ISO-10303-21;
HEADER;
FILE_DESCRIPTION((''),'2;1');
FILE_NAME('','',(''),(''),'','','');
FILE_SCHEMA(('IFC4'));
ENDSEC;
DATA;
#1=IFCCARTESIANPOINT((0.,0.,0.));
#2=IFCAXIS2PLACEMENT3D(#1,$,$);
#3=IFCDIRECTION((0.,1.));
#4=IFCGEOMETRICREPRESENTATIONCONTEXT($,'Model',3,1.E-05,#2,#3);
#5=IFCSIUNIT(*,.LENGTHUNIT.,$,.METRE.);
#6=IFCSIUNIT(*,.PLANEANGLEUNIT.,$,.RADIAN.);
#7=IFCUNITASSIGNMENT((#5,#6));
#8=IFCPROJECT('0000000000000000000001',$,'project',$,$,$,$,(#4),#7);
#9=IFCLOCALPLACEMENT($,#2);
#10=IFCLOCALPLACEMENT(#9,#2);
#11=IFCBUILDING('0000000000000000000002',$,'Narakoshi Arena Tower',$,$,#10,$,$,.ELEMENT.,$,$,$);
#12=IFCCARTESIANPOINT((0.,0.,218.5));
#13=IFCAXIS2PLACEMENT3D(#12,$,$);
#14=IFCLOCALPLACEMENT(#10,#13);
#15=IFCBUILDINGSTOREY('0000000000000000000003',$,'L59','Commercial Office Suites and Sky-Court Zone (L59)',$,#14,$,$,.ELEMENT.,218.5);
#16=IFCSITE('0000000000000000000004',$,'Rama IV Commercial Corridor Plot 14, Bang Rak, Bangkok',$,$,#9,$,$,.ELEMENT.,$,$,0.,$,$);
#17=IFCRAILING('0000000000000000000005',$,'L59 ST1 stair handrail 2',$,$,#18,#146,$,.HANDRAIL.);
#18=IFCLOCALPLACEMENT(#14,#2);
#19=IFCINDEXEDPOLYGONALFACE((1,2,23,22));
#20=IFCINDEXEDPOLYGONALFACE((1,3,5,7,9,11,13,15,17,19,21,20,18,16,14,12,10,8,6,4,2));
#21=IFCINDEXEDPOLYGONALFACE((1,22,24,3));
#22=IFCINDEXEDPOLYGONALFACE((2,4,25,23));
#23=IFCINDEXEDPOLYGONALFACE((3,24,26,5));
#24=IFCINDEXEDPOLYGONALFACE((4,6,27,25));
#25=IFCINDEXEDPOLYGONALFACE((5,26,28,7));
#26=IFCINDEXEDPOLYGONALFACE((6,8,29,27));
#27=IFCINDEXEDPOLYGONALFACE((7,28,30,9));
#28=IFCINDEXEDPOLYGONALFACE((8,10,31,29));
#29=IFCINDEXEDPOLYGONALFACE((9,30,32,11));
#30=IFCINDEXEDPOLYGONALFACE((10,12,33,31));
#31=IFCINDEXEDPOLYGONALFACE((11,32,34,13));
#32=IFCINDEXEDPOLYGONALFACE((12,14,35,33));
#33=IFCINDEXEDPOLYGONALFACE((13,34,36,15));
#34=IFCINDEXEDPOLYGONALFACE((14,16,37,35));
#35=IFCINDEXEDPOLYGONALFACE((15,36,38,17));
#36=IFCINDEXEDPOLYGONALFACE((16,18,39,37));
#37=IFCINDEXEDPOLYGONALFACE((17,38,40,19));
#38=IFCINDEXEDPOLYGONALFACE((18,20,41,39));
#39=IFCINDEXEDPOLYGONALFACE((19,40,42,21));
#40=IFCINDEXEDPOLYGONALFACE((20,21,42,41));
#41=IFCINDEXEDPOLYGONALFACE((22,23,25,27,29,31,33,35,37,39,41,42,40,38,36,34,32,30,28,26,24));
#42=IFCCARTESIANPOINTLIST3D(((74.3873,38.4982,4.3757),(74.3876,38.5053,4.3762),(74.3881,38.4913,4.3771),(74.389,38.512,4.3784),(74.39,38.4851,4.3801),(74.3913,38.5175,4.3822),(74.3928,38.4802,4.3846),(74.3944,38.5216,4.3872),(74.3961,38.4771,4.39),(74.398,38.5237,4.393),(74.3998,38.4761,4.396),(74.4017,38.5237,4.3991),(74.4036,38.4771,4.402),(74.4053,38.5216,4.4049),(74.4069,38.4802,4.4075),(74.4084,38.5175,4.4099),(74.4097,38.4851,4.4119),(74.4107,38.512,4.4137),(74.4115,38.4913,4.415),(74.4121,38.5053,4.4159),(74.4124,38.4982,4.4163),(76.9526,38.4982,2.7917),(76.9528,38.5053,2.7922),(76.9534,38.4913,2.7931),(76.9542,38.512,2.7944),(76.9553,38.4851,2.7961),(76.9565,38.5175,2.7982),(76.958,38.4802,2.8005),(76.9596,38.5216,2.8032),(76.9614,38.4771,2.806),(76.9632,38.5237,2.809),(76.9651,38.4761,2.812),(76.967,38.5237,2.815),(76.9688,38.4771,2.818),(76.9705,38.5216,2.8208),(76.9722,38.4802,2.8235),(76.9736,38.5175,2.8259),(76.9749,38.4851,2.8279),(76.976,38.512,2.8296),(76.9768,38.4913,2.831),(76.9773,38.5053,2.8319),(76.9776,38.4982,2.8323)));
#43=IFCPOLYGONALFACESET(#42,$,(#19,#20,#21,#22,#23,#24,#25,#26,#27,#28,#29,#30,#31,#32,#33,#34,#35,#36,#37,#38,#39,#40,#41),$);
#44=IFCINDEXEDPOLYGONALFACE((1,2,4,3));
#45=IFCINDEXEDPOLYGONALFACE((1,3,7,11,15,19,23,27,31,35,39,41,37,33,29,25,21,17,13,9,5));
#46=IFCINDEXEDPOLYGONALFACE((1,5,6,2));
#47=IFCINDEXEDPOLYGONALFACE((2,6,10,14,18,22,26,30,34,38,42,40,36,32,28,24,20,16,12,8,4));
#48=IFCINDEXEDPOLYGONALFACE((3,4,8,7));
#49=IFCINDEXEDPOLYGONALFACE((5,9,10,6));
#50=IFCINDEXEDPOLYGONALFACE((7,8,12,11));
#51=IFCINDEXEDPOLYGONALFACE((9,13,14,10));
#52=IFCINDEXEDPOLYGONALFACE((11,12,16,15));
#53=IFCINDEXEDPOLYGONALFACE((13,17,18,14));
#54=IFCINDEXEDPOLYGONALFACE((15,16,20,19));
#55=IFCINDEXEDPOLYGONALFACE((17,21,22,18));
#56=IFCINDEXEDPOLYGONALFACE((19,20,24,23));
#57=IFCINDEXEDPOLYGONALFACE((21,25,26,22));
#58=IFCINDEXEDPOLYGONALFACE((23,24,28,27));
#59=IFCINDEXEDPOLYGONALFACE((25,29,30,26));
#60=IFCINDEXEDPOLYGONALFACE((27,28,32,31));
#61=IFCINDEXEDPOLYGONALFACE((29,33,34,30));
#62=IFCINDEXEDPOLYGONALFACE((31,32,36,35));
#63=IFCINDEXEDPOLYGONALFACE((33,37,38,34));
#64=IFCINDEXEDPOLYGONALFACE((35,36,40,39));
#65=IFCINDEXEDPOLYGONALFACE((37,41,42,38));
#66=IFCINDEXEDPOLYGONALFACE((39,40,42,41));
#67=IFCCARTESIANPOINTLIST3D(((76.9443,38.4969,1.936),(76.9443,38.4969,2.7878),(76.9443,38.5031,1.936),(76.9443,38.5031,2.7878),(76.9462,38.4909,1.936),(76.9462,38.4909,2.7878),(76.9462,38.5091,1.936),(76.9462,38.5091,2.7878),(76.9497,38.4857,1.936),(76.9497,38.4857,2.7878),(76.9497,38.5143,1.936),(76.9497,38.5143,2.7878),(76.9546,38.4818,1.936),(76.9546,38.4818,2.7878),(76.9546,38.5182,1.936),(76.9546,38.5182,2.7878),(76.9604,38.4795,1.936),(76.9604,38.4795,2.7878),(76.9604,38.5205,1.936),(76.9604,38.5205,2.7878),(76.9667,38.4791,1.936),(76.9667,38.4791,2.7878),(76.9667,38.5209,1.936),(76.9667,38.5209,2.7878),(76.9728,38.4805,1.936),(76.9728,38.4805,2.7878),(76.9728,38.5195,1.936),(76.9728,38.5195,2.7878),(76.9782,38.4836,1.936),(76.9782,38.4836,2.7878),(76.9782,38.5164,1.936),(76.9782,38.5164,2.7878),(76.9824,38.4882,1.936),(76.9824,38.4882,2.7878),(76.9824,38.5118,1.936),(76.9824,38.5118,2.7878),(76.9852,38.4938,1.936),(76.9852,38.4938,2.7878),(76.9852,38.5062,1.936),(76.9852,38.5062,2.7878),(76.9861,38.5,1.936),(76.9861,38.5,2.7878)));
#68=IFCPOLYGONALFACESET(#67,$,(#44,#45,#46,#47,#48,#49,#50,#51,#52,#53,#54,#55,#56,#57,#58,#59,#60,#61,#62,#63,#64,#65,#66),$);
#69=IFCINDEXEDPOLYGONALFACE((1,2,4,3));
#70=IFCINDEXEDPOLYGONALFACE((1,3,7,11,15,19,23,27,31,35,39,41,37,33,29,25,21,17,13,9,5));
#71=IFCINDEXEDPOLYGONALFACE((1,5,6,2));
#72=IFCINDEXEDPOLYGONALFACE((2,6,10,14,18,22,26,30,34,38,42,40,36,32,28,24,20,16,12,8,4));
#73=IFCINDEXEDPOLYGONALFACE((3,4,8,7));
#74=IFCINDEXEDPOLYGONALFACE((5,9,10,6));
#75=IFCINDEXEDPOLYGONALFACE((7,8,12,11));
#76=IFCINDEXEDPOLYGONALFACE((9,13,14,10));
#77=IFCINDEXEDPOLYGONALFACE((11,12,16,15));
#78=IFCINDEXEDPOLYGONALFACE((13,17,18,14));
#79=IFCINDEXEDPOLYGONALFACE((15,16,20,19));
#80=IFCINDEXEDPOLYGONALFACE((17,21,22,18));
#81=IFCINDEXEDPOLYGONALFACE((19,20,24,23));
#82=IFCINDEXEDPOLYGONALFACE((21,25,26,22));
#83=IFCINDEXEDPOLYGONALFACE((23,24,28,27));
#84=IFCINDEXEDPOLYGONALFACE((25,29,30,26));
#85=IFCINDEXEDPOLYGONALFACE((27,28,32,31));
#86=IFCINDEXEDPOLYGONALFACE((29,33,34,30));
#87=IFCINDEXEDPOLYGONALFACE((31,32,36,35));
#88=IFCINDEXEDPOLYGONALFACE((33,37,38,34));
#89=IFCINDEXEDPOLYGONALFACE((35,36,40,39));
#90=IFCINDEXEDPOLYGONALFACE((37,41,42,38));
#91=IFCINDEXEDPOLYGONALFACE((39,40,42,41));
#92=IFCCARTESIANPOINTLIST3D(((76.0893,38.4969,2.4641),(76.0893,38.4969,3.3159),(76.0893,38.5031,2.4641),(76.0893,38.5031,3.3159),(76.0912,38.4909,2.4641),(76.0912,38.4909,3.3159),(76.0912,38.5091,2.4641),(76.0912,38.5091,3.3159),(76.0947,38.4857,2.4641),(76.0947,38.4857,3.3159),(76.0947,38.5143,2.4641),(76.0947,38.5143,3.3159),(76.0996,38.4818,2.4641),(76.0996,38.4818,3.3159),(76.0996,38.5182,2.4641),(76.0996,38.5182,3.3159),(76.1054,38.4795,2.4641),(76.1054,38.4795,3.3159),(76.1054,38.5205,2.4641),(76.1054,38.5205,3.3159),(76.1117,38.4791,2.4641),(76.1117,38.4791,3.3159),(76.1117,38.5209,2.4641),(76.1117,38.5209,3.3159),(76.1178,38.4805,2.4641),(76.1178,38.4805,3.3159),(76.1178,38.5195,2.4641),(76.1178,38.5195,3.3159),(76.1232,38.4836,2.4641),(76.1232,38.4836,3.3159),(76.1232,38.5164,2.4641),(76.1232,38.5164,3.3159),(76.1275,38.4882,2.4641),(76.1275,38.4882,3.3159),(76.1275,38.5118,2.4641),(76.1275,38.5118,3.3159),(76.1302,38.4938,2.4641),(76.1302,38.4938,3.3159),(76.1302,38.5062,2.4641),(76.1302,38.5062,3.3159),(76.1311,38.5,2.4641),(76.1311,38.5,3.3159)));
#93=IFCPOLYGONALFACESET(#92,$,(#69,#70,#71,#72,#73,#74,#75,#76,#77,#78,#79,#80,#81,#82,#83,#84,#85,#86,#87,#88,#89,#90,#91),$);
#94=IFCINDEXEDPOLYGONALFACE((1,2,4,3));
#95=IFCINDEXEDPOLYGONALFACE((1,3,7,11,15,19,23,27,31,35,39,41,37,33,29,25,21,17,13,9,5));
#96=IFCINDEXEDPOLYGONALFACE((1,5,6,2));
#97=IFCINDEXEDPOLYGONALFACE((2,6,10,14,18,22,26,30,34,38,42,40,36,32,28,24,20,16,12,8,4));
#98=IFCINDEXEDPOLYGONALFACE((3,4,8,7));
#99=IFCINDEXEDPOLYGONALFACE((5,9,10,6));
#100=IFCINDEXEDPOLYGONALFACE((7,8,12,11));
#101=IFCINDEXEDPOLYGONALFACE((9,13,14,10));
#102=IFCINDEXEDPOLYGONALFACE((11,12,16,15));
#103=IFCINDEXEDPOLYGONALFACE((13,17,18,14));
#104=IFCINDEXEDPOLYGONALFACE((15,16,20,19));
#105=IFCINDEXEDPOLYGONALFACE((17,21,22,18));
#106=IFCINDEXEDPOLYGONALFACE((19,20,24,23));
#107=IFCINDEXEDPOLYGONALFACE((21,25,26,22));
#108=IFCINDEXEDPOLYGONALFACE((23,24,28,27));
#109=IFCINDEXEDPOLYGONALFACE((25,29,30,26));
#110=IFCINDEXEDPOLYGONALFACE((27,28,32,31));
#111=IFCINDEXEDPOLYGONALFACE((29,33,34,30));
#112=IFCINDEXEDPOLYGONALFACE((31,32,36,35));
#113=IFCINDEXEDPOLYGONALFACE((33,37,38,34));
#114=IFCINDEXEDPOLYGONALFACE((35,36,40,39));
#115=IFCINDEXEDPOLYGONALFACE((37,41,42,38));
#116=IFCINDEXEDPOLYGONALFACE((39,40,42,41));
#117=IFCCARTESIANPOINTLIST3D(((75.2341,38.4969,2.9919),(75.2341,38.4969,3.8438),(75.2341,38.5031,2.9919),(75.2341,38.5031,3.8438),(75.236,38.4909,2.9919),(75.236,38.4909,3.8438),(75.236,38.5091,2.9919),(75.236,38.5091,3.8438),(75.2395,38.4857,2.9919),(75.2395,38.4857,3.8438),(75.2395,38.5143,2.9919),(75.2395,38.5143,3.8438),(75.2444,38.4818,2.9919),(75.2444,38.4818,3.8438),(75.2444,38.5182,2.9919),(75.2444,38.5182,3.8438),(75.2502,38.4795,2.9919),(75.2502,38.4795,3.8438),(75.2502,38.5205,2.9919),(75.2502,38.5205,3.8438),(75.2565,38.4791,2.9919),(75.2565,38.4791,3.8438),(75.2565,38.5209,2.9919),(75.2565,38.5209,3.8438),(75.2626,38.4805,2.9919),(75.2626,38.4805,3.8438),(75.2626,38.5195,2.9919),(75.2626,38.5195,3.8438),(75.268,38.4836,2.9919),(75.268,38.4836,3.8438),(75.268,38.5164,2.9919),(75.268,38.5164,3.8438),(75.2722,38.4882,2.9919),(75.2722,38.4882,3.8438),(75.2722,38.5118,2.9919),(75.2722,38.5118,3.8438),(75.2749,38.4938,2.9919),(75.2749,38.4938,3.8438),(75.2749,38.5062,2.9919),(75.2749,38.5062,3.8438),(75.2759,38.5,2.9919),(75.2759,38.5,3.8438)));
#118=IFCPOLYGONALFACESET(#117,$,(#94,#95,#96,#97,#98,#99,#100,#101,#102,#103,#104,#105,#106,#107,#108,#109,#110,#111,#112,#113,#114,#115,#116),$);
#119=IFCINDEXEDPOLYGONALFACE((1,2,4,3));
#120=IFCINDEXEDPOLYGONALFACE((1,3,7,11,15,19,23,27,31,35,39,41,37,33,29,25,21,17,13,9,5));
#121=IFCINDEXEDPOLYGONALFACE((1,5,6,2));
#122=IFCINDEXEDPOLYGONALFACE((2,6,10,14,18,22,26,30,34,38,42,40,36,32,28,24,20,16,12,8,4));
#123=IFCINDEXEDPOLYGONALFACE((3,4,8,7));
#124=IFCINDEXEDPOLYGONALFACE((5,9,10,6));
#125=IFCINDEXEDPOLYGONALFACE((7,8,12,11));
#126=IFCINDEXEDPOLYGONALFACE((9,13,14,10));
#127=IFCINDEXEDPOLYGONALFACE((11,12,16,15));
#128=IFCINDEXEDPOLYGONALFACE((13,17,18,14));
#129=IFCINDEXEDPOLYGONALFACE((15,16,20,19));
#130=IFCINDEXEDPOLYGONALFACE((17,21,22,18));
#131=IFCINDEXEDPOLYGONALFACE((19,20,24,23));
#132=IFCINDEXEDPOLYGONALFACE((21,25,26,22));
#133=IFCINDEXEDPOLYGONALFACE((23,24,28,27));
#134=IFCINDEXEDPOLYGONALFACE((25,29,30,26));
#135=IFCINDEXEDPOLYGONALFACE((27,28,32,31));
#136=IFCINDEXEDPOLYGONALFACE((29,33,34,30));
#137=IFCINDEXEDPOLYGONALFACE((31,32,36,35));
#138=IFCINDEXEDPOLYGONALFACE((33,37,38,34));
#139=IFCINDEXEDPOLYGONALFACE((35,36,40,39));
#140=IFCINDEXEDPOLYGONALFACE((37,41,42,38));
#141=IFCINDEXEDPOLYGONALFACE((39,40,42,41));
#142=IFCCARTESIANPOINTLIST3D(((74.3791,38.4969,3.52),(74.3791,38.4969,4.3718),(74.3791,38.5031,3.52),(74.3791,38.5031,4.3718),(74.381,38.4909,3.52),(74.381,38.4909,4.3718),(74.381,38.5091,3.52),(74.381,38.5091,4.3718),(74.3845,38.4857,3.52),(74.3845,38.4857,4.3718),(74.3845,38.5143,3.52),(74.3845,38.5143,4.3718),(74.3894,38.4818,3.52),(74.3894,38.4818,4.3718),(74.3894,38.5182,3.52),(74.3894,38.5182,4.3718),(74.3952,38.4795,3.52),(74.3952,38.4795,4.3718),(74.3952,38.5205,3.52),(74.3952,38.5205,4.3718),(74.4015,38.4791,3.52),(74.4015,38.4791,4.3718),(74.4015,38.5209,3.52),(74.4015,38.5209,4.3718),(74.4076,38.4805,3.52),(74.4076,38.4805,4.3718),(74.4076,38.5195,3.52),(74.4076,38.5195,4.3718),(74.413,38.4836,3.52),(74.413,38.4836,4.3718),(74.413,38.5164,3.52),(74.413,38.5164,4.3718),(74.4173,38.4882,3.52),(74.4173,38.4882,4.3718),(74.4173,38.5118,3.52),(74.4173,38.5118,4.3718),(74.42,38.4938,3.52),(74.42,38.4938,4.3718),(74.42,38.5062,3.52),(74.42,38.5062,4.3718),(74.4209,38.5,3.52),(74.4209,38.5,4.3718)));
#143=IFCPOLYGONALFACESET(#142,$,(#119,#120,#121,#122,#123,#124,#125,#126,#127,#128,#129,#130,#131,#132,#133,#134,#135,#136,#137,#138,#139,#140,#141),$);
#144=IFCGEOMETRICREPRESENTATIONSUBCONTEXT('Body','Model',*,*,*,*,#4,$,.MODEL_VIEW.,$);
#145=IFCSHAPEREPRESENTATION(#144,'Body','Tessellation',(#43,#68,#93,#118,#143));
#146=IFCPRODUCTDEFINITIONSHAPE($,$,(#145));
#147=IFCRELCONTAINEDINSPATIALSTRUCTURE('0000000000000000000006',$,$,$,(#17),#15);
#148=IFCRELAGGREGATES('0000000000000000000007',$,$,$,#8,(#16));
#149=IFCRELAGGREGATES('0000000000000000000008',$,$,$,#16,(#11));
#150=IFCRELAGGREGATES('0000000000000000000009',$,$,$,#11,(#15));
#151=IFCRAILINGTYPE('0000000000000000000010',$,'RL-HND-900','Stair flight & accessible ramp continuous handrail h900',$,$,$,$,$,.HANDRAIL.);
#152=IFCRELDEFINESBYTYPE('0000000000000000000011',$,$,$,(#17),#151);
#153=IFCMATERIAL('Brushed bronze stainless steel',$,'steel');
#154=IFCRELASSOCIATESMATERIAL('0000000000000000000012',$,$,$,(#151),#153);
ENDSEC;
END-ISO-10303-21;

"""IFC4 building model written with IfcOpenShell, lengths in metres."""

from ifc_helpers import new_model, si_unit, direction, frame, origin, origin_2d, place, context, subcontext, project, spatial, circle, extrude, material, type_object, element, save


model = new_model("IFC4")

# Units and contexts
model_context = context("Model", 3, precision=1e-05, world=origin(), true_north=direction((0.0, 1.0)))
body_context = subcontext(model_context, "Body", "Model", "MODEL_VIEW")
ifc_project = project(units=[si_unit("LENGTHUNIT", "METRE"), si_unit("PLANEANGLEUNIT", "RADIAN")], contexts=[model_context])

# Site, building, storey
site_placement = place(None, origin())
site = spatial("IfcSite", under=ifc_project, at=site_placement, Name="Rama IV Commercial Corridor Plot 14, Bang Rak, Bangkok", CompositionType="ELEMENT", RefElevation=0.0)
building_placement = place(site_placement, origin())
building = spatial("IfcBuilding", under=site, at=building_placement, Name="Narakoshi Arena Tower", CompositionType="ELEMENT")
storey_placement = place(building_placement, frame((0.0, 0.0, 218.5)))
storey = spatial("IfcBuildingStorey", under=building, at=storey_placement, Name="L59", Description="Commercial Office Suites and Sky-Court Zone (L59)", CompositionType="ELEMENT", Elevation=218.5)

# Railing
ifc_material_1 = material(Name="Brushed bronze stainless steel", Category="steel")
railing_type_1 = type_object("IfcRailingType", Name="RL-HND-900", Description="Stair flight & accessible ramp continuous handrail h900", PredefinedType="HANDRAIL", material=ifc_material_1)
railing_1_placement = place(storey_placement, frame((76.9651, 38.5, 1.936)))
element("IfcRailing", 1, at=railing_1_placement, inside=storey, type_object=railing_type_1, Name="L59 ST1 stair handrail 2", PredefinedType="HANDRAIL", context=body_context, shape_type="SweptSolid", body=[
    extrude(circle(Radius=0.0239, at=origin_2d()), frame((0.0, 0.0, 0.876), z_axis=(-0.850857, 0.0, 0.525398), x_axis=(0.0, -1.0, 0.0)), (0.0, 0.0, 1.0), 3.0149),
    extrude(circle(Radius=0.021, at=origin_2d()), origin(), (0.0, 0.0, 1.0), 0.8518),
    extrude(circle(Radius=0.021, at=origin_2d()), frame((-0.855, 0.0, 0.5281)), (0.0, 0.0, 1.0), 0.8518),
    extrude(circle(Radius=0.021, at=origin_2d()), frame((-1.7102, 0.0, 1.0559)), (0.0, 0.0, 1.0), 0.8518),
    extrude(circle(Radius=0.021, at=origin_2d()), frame((-2.5652, 0.0, 1.584)), (0.0, 0.0, 1.0), 0.8518),
])

save(model, "model.ifc")
